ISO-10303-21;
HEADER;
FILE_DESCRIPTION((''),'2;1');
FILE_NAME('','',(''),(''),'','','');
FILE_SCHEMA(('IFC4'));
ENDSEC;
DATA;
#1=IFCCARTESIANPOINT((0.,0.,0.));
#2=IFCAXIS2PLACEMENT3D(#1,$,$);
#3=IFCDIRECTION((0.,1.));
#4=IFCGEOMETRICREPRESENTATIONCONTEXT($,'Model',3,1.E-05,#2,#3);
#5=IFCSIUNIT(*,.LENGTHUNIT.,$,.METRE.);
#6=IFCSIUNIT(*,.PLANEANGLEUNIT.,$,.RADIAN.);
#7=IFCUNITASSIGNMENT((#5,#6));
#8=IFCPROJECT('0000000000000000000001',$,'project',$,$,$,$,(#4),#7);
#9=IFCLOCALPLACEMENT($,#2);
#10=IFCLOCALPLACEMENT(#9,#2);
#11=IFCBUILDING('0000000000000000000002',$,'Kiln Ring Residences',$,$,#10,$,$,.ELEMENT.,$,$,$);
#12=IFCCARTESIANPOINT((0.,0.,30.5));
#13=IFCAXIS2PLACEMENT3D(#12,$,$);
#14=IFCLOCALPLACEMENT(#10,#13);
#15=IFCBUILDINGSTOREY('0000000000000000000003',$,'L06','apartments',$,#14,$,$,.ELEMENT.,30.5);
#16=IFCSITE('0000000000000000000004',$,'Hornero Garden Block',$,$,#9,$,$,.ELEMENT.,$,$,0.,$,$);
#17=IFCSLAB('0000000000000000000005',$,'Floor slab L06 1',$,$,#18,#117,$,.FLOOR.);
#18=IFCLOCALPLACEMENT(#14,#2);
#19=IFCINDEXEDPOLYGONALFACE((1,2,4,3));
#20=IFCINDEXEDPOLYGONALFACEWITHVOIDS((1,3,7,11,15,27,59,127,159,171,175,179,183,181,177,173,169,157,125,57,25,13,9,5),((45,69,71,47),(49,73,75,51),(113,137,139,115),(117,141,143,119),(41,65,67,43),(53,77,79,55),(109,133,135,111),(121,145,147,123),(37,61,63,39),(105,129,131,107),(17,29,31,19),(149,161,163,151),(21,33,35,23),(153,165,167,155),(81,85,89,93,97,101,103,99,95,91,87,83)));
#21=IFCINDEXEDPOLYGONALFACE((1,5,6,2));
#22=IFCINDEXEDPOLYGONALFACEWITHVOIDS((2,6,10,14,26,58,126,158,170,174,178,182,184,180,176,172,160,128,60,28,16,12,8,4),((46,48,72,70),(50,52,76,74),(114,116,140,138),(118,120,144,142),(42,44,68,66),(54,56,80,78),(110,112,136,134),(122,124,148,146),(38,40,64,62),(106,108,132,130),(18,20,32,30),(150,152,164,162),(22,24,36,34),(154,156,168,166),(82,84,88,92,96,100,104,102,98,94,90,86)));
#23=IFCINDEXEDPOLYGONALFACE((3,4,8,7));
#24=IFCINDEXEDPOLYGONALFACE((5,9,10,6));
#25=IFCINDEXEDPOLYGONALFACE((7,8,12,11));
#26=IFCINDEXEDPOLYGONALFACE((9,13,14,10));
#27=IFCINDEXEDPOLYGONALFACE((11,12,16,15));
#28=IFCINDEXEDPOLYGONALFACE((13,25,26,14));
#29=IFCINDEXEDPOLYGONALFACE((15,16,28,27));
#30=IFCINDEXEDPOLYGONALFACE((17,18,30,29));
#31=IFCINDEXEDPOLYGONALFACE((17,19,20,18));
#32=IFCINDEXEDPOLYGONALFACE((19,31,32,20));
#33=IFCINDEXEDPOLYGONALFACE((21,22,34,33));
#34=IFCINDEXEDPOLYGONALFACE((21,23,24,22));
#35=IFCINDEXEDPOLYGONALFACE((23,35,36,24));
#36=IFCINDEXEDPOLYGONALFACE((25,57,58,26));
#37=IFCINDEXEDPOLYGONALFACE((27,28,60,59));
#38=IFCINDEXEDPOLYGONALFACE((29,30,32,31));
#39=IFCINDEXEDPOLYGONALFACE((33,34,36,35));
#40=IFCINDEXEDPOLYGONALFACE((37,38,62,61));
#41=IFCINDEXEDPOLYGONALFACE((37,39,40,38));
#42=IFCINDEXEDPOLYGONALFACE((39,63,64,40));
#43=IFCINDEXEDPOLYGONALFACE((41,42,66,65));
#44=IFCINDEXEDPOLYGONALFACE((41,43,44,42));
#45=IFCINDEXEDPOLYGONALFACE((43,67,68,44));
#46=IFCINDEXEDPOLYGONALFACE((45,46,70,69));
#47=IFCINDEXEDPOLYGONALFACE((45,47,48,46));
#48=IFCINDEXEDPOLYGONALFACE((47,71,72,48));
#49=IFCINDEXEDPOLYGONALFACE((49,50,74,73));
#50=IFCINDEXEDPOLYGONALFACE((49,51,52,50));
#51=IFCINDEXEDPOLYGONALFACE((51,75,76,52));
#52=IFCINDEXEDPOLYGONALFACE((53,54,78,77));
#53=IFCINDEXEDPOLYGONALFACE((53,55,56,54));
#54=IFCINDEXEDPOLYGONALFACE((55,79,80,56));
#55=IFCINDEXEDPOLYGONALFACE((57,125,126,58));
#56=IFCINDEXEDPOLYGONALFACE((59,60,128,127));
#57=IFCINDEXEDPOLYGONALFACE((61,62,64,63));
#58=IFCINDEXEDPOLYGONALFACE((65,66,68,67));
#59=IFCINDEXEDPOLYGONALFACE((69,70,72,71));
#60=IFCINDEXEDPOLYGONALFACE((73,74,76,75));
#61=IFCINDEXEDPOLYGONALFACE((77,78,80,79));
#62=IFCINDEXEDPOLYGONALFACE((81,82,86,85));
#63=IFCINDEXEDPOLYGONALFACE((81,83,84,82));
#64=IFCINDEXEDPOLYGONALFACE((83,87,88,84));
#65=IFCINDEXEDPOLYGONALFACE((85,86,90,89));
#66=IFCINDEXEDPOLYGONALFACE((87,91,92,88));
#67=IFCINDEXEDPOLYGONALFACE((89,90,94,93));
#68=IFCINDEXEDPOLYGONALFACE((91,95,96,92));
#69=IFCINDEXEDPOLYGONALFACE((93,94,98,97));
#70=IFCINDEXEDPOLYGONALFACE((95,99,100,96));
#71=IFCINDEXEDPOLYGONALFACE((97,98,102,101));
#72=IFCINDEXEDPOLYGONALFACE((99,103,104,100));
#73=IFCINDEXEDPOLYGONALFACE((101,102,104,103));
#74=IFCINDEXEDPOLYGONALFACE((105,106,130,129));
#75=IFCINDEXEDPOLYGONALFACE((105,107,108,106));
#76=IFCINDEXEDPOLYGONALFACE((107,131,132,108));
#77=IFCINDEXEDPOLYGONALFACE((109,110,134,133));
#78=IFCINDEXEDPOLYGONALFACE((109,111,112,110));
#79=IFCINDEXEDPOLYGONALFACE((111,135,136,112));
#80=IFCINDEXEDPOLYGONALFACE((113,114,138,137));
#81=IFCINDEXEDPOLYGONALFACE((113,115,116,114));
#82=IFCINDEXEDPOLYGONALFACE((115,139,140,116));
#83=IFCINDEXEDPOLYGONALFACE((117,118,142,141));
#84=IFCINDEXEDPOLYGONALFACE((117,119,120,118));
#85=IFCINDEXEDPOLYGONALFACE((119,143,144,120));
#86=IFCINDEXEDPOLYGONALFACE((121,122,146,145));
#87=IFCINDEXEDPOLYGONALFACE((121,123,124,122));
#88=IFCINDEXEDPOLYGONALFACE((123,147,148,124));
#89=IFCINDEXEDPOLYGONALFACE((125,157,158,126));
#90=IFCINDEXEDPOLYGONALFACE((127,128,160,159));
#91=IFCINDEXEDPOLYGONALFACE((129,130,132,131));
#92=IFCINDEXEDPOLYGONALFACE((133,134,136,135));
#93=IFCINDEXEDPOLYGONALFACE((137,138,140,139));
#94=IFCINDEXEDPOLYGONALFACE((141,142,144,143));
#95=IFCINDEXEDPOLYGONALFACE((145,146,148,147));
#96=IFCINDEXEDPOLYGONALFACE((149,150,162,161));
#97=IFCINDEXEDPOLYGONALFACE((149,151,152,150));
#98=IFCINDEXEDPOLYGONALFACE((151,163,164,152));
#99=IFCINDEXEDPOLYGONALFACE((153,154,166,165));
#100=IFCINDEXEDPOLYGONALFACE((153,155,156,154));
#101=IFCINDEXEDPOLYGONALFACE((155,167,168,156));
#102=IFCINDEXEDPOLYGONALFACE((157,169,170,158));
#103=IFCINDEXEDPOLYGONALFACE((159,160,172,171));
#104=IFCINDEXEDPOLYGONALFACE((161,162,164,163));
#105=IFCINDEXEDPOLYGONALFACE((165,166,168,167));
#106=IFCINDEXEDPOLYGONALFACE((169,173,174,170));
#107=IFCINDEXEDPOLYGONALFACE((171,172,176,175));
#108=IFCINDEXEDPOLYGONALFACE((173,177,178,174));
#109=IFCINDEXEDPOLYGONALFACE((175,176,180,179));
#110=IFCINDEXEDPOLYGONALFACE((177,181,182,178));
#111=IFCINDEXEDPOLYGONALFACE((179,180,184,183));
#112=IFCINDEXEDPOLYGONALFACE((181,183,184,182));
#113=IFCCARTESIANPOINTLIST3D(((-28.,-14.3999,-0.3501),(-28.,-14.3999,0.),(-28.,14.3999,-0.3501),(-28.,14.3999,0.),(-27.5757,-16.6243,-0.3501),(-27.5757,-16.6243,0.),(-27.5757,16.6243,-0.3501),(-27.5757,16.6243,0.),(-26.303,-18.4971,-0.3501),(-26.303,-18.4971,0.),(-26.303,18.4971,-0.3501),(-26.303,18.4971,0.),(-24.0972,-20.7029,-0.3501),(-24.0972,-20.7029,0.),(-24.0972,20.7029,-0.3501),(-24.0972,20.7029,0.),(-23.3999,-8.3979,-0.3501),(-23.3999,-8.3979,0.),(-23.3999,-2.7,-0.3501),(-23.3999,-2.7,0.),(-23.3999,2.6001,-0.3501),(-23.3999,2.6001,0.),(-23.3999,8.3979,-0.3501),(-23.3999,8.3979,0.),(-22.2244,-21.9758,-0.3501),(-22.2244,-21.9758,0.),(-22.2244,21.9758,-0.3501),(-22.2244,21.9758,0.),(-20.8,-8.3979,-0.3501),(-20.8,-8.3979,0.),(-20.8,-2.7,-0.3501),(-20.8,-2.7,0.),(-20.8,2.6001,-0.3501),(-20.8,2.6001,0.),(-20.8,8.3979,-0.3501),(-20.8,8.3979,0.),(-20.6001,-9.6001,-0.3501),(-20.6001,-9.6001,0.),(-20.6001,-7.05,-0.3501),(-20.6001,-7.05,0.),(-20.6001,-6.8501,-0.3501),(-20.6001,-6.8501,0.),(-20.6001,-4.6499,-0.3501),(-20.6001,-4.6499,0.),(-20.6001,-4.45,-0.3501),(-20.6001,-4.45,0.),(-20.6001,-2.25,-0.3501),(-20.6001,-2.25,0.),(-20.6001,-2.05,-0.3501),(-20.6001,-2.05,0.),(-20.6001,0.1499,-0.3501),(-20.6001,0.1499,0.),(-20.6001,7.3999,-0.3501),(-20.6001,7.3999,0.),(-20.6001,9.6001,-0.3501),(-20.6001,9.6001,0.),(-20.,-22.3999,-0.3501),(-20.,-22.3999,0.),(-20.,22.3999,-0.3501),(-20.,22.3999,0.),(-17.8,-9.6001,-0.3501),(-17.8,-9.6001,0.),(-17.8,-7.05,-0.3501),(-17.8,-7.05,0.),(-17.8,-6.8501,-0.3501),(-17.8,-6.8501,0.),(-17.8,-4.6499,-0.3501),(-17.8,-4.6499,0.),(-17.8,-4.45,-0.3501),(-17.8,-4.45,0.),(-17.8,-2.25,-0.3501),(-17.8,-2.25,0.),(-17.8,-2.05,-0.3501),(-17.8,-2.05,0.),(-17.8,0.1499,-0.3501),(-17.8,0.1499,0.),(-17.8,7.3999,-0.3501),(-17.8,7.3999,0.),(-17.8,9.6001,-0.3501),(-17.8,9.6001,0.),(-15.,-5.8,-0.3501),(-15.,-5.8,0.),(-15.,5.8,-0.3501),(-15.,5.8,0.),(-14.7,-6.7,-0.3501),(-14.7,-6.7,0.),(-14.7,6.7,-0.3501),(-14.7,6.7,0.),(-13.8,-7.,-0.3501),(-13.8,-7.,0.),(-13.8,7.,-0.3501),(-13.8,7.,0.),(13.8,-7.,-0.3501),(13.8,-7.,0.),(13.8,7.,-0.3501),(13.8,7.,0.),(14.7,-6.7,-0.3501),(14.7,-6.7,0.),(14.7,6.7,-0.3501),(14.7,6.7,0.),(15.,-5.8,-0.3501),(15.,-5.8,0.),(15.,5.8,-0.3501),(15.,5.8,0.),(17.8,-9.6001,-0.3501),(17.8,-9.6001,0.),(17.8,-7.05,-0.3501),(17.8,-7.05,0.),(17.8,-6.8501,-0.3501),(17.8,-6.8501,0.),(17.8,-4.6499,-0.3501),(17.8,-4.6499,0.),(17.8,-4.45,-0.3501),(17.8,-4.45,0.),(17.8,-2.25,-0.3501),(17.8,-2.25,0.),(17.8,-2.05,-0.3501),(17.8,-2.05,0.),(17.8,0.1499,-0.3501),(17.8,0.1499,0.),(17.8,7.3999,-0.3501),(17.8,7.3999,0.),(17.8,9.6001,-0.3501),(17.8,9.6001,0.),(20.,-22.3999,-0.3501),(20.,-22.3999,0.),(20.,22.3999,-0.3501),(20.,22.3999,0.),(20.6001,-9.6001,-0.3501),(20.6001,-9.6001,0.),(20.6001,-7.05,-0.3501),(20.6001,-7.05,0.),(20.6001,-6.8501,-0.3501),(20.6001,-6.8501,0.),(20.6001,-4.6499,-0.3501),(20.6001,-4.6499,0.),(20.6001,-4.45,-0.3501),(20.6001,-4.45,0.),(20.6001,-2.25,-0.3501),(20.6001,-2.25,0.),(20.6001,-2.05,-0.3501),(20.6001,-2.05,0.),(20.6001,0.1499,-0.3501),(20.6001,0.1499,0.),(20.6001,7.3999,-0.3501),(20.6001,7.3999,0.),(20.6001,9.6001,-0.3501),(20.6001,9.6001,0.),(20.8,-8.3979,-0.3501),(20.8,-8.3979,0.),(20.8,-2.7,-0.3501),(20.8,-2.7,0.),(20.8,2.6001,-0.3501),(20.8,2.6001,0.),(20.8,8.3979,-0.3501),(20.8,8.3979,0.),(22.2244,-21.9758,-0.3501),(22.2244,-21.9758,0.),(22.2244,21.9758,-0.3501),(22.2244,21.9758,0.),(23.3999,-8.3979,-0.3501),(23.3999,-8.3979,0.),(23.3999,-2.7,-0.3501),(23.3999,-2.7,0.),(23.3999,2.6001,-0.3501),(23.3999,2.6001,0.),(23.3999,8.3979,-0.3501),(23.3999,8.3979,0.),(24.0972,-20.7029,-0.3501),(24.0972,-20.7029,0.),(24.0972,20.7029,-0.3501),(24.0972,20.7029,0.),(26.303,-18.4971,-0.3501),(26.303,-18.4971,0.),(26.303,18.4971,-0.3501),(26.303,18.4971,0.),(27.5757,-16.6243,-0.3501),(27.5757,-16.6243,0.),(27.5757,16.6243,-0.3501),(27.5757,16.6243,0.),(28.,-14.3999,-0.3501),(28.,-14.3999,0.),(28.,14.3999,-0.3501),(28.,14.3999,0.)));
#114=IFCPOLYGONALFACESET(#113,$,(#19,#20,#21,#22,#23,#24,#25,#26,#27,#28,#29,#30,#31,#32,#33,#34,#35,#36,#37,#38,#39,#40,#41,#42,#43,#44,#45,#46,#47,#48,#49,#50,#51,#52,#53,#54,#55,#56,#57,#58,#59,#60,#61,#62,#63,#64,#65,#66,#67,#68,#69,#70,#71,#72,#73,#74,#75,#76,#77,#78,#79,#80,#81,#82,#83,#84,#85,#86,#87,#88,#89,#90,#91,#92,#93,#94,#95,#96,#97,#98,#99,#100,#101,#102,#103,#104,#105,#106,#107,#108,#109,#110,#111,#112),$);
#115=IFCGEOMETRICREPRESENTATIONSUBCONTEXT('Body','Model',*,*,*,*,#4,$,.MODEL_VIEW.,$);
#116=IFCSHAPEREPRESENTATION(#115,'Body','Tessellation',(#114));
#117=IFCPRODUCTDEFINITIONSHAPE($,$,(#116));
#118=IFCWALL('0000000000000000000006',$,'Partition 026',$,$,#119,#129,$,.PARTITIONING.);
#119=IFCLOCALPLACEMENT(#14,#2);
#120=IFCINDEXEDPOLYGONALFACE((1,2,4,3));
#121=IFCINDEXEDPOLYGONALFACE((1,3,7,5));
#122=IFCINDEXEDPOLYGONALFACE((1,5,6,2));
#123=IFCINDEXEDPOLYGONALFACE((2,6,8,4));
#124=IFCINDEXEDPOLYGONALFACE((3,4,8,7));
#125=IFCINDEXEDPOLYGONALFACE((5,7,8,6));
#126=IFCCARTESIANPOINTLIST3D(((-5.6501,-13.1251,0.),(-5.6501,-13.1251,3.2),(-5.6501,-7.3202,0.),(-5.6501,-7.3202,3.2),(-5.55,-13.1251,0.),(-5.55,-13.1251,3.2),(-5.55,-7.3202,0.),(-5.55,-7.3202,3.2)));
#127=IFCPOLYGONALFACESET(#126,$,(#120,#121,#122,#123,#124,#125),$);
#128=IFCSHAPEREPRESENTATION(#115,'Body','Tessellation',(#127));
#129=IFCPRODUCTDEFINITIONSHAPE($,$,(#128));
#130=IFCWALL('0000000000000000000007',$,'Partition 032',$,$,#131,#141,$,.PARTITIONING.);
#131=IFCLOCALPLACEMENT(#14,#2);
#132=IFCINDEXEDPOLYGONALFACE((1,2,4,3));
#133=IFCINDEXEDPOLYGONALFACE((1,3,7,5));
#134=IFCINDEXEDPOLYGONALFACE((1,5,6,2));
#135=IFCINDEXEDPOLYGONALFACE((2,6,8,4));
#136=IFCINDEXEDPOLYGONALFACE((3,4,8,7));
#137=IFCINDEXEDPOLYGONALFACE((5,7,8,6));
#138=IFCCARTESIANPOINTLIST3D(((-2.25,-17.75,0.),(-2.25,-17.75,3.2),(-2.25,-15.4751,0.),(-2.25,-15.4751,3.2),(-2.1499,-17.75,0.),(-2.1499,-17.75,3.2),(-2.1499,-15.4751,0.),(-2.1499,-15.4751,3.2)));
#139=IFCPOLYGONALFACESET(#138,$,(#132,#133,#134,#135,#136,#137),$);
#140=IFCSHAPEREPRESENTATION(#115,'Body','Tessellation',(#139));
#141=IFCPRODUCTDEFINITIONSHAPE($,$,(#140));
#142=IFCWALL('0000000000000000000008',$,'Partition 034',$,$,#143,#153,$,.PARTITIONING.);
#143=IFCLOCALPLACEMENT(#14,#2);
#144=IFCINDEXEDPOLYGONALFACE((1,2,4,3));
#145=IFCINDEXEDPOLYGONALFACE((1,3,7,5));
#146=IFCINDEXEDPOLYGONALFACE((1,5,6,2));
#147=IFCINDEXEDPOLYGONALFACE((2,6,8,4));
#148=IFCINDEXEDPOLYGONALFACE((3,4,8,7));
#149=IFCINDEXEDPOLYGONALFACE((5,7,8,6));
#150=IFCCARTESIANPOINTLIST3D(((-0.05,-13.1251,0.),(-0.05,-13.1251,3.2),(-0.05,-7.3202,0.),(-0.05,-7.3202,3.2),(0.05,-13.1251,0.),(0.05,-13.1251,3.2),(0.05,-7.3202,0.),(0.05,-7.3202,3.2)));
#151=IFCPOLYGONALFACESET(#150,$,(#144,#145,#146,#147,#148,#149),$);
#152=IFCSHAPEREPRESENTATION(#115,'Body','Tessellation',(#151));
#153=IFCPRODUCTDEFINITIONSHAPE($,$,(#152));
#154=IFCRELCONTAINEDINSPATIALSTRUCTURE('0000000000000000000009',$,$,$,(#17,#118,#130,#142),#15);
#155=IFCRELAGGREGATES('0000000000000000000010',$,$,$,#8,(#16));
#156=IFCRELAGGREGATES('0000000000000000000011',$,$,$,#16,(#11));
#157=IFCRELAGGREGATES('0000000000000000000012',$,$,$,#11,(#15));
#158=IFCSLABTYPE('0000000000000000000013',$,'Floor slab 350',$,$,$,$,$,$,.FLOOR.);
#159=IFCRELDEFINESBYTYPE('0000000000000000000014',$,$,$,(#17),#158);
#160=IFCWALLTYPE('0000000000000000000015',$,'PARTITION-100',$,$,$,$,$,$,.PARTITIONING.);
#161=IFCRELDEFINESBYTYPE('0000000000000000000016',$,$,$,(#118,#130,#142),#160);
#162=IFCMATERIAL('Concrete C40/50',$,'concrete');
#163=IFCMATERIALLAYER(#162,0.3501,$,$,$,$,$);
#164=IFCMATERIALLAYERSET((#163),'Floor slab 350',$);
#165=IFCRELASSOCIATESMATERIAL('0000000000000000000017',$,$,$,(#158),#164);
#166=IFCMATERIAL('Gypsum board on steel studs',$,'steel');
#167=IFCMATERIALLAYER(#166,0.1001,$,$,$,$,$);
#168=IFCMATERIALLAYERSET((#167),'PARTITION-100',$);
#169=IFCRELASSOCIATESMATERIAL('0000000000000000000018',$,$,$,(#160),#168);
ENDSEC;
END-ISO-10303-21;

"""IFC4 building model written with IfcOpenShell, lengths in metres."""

from ifc_helpers import new_model, si_unit, direction, frame, frame_2d, origin, place, context, subcontext, project, spatial, polyline, rectangle, outline, extrude, material, layer, layer_set, type_object, element, save


model = new_model("IFC4")

# Units and contexts
model_context = context("Model", 3, precision=1e-05, world=origin(), true_north=direction((0.0, 1.0)))
body_context = subcontext(model_context, "Body", "Model", "MODEL_VIEW")
ifc_project = project(units=[si_unit("LENGTHUNIT", "METRE"), si_unit("PLANEANGLEUNIT", "RADIAN")], contexts=[model_context])

# Site, building, storey
site_placement = place(None, origin())
site = spatial("IfcSite", under=ifc_project, at=site_placement, Name="Hornero Garden Block", CompositionType="ELEMENT", RefElevation=0.0)
building_placement = place(site_placement, origin())
building = spatial("IfcBuilding", under=site, at=building_placement, Name="Kiln Ring Residences", CompositionType="ELEMENT")
storey_placement = place(building_placement, frame((0.0, 0.0, 30.5)))
storey = spatial("IfcBuildingStorey", under=building, at=storey_placement, Name="L06", Description="apartments", CompositionType="ELEMENT", Elevation=30.5)

# Slab
ifc_material_1 = material(Name="Concrete C40/50", Category="concrete")
ifc_layer_1 = layer(ifc_material_1, 0.3501)
ifc_layer_set_1 = layer_set([ifc_layer_1], Name="Floor slab 350")
slab_type = type_object("IfcSlabType", Name="Floor slab 350", PredefinedType="FLOOR", material=ifc_layer_set_1)
slab_placement = place(storey_placement, frame((0.0, 0.0, -0.3501)))
element("IfcSlab", 1, at=slab_placement, inside=storey, type_object=slab_type, Name="Floor slab L06 1", PredefinedType="FLOOR", context=body_context, shape_type="SweptSolid", body=[
    extrude(outline(polyline([(-26.303, -18.4971), (-24.0972, -20.7029), (-22.2244, -21.9758), (-20.0, -22.3999), (20.0, -22.3999), (22.2244, -21.9758), (24.0972, -20.7029), (26.303, -18.4971), (27.5757, -16.6243), (28.0, -14.3999), (28.0, 14.3999), (27.5757, 16.6243), (26.303, 18.4971), (24.0972, 20.7029), (22.2244, 21.9758), (20.0, 22.3999), (-20.0, 22.3999), (-22.2244, 21.9758), (-24.0972, 20.7029), (-26.303, 18.4971), (-27.5757, 16.6243), (-28.0, 14.3999), (-28.0, -14.3999), (-27.5757, -16.6243), (-26.303, -18.4971)]), holes=[polyline([(-14.7, -6.7), (-15.0, -5.8), (-15.0, 5.8), (-14.7, 6.7), (-13.8, 7.0), (13.8, 7.0), (14.7, 6.7), (15.0, 5.8), (15.0, -5.8), (14.7, -6.7), (13.8, -7.0), (-13.8, -7.0), (-14.7, -6.7)]), polyline([(20.8, -8.3979), (20.8, -2.7), (23.3999, -2.7), (23.3999, -8.3979), (20.8, -8.3979)]), polyline([(20.8, 2.6001), (20.8, 8.3979), (23.3999, 8.3979), (23.3999, 2.6001), (20.8, 2.6001)]), polyline([(17.8, -6.8501), (17.8, -4.6499), (20.6001, -4.6499), (20.6001, -6.8501), (17.8, -6.8501)]), polyline([(17.8, -4.45), (17.8, -2.25), (20.6001, -2.25), (20.6001, -4.45), (17.8, -4.45)]), polyline([(17.8, -2.05), (17.8, 0.1499), (20.6001, 0.1499), (20.6001, -2.05), (17.8, -2.05)]), polyline([(17.8, 7.3999), (17.8, 9.6001), (20.6001, 9.6001), (20.6001, 7.3999), (17.8, 7.3999)]), polyline([(20.6001, -9.6001), (17.8, -9.6001), (17.8, -7.05), (20.6001, -7.05), (20.6001, -9.6001)]), polyline([(-17.8, -7.05), (-17.8, -9.6001), (-20.6001, -9.6001), (-20.6001, -7.05), (-17.8, -7.05)]), polyline([(-17.8, -6.8501), (-20.6001, -6.8501), (-20.6001, -4.6499), (-17.8, -4.6499), (-17.8, -6.8501)]), polyline([(-17.8, -4.45), (-20.6001, -4.45), (-20.6001, -2.25), (-17.8, -2.25), (-17.8, -4.45)]), polyline([(-17.8, -2.05), (-20.6001, -2.05), (-20.6001, 0.1499), (-17.8, 0.1499), (-17.8, -2.05)]), polyline([(-17.8, 7.3999), (-20.6001, 7.3999), (-20.6001, 9.6001), (-17.8, 9.6001), (-17.8, 7.3999)]), polyline([(-20.8, -8.3979), (-23.3999, -8.3979), (-23.3999, -2.7), (-20.8, -2.7), (-20.8, -8.3979)]), polyline([(-20.8, 2.6001), (-23.3999, 2.6001), (-23.3999, 8.3979), (-20.8, 8.3979), (-20.8, 2.6001)])]), origin(), (0.0, 0.0, 1.0), 0.3501),
])

# Walls
ifc_material_2 = material(Name="Gypsum board on steel studs", Category="steel")
ifc_layer_2 = layer(ifc_material_2, 0.1001)
ifc_layer_set_2 = layer_set([ifc_layer_2], Name="PARTITION-100")
wall_type = type_object("IfcWallType", Name="PARTITION-100", PredefinedType="PARTITIONING", material=ifc_layer_set_2)
wall_1_placement = place(storey_placement, frame((-5.6001, -13.125, 0.0), z_axis=(0.0, 0.0, 1.0), x_axis=(0.0, 1.0, 0.0)))
element("IfcWall", 2, at=wall_1_placement, inside=storey, type_object=wall_type, Name="Partition 026", PredefinedType="PARTITIONING", context=body_context, shape_type="SweptSolid", body=[
    extrude(rectangle(XDim=5.8049, YDim=0.1001, at=frame_2d((2.9023, 0.0))), origin(), (0.0, 0.0, 1.0), 3.2),
])
wall_2_placement = place(storey_placement, frame((-2.2, -17.75, 0.0), z_axis=(0.0, 0.0, 1.0), x_axis=(0.0, 1.0, 0.0)))
element("IfcWall", 3, at=wall_2_placement, inside=storey, type_object=wall_type, Name="Partition 032", PredefinedType="PARTITIONING", context=body_context, shape_type="SweptSolid", body=[
    extrude(rectangle(XDim=2.2749, YDim=0.1001, at=frame_2d((1.1375, 0.0))), origin(), (0.0, 0.0, 1.0), 3.2),
])
wall_3_placement = place(storey_placement, frame((0.0, -13.125, 0.0), z_axis=(0.0, 0.0, 1.0), x_axis=(0.0, 1.0, 0.0)))
element("IfcWall", 4, at=wall_3_placement, inside=storey, type_object=wall_type, Name="Partition 034", PredefinedType="PARTITIONING", context=body_context, shape_type="SweptSolid", body=[
    extrude(rectangle(XDim=5.8049, YDim=0.1001, at=frame_2d((2.9023, 0.0))), origin(), (0.0, 0.0, 1.0), 3.2),
])

save(model, "model.ifc")
